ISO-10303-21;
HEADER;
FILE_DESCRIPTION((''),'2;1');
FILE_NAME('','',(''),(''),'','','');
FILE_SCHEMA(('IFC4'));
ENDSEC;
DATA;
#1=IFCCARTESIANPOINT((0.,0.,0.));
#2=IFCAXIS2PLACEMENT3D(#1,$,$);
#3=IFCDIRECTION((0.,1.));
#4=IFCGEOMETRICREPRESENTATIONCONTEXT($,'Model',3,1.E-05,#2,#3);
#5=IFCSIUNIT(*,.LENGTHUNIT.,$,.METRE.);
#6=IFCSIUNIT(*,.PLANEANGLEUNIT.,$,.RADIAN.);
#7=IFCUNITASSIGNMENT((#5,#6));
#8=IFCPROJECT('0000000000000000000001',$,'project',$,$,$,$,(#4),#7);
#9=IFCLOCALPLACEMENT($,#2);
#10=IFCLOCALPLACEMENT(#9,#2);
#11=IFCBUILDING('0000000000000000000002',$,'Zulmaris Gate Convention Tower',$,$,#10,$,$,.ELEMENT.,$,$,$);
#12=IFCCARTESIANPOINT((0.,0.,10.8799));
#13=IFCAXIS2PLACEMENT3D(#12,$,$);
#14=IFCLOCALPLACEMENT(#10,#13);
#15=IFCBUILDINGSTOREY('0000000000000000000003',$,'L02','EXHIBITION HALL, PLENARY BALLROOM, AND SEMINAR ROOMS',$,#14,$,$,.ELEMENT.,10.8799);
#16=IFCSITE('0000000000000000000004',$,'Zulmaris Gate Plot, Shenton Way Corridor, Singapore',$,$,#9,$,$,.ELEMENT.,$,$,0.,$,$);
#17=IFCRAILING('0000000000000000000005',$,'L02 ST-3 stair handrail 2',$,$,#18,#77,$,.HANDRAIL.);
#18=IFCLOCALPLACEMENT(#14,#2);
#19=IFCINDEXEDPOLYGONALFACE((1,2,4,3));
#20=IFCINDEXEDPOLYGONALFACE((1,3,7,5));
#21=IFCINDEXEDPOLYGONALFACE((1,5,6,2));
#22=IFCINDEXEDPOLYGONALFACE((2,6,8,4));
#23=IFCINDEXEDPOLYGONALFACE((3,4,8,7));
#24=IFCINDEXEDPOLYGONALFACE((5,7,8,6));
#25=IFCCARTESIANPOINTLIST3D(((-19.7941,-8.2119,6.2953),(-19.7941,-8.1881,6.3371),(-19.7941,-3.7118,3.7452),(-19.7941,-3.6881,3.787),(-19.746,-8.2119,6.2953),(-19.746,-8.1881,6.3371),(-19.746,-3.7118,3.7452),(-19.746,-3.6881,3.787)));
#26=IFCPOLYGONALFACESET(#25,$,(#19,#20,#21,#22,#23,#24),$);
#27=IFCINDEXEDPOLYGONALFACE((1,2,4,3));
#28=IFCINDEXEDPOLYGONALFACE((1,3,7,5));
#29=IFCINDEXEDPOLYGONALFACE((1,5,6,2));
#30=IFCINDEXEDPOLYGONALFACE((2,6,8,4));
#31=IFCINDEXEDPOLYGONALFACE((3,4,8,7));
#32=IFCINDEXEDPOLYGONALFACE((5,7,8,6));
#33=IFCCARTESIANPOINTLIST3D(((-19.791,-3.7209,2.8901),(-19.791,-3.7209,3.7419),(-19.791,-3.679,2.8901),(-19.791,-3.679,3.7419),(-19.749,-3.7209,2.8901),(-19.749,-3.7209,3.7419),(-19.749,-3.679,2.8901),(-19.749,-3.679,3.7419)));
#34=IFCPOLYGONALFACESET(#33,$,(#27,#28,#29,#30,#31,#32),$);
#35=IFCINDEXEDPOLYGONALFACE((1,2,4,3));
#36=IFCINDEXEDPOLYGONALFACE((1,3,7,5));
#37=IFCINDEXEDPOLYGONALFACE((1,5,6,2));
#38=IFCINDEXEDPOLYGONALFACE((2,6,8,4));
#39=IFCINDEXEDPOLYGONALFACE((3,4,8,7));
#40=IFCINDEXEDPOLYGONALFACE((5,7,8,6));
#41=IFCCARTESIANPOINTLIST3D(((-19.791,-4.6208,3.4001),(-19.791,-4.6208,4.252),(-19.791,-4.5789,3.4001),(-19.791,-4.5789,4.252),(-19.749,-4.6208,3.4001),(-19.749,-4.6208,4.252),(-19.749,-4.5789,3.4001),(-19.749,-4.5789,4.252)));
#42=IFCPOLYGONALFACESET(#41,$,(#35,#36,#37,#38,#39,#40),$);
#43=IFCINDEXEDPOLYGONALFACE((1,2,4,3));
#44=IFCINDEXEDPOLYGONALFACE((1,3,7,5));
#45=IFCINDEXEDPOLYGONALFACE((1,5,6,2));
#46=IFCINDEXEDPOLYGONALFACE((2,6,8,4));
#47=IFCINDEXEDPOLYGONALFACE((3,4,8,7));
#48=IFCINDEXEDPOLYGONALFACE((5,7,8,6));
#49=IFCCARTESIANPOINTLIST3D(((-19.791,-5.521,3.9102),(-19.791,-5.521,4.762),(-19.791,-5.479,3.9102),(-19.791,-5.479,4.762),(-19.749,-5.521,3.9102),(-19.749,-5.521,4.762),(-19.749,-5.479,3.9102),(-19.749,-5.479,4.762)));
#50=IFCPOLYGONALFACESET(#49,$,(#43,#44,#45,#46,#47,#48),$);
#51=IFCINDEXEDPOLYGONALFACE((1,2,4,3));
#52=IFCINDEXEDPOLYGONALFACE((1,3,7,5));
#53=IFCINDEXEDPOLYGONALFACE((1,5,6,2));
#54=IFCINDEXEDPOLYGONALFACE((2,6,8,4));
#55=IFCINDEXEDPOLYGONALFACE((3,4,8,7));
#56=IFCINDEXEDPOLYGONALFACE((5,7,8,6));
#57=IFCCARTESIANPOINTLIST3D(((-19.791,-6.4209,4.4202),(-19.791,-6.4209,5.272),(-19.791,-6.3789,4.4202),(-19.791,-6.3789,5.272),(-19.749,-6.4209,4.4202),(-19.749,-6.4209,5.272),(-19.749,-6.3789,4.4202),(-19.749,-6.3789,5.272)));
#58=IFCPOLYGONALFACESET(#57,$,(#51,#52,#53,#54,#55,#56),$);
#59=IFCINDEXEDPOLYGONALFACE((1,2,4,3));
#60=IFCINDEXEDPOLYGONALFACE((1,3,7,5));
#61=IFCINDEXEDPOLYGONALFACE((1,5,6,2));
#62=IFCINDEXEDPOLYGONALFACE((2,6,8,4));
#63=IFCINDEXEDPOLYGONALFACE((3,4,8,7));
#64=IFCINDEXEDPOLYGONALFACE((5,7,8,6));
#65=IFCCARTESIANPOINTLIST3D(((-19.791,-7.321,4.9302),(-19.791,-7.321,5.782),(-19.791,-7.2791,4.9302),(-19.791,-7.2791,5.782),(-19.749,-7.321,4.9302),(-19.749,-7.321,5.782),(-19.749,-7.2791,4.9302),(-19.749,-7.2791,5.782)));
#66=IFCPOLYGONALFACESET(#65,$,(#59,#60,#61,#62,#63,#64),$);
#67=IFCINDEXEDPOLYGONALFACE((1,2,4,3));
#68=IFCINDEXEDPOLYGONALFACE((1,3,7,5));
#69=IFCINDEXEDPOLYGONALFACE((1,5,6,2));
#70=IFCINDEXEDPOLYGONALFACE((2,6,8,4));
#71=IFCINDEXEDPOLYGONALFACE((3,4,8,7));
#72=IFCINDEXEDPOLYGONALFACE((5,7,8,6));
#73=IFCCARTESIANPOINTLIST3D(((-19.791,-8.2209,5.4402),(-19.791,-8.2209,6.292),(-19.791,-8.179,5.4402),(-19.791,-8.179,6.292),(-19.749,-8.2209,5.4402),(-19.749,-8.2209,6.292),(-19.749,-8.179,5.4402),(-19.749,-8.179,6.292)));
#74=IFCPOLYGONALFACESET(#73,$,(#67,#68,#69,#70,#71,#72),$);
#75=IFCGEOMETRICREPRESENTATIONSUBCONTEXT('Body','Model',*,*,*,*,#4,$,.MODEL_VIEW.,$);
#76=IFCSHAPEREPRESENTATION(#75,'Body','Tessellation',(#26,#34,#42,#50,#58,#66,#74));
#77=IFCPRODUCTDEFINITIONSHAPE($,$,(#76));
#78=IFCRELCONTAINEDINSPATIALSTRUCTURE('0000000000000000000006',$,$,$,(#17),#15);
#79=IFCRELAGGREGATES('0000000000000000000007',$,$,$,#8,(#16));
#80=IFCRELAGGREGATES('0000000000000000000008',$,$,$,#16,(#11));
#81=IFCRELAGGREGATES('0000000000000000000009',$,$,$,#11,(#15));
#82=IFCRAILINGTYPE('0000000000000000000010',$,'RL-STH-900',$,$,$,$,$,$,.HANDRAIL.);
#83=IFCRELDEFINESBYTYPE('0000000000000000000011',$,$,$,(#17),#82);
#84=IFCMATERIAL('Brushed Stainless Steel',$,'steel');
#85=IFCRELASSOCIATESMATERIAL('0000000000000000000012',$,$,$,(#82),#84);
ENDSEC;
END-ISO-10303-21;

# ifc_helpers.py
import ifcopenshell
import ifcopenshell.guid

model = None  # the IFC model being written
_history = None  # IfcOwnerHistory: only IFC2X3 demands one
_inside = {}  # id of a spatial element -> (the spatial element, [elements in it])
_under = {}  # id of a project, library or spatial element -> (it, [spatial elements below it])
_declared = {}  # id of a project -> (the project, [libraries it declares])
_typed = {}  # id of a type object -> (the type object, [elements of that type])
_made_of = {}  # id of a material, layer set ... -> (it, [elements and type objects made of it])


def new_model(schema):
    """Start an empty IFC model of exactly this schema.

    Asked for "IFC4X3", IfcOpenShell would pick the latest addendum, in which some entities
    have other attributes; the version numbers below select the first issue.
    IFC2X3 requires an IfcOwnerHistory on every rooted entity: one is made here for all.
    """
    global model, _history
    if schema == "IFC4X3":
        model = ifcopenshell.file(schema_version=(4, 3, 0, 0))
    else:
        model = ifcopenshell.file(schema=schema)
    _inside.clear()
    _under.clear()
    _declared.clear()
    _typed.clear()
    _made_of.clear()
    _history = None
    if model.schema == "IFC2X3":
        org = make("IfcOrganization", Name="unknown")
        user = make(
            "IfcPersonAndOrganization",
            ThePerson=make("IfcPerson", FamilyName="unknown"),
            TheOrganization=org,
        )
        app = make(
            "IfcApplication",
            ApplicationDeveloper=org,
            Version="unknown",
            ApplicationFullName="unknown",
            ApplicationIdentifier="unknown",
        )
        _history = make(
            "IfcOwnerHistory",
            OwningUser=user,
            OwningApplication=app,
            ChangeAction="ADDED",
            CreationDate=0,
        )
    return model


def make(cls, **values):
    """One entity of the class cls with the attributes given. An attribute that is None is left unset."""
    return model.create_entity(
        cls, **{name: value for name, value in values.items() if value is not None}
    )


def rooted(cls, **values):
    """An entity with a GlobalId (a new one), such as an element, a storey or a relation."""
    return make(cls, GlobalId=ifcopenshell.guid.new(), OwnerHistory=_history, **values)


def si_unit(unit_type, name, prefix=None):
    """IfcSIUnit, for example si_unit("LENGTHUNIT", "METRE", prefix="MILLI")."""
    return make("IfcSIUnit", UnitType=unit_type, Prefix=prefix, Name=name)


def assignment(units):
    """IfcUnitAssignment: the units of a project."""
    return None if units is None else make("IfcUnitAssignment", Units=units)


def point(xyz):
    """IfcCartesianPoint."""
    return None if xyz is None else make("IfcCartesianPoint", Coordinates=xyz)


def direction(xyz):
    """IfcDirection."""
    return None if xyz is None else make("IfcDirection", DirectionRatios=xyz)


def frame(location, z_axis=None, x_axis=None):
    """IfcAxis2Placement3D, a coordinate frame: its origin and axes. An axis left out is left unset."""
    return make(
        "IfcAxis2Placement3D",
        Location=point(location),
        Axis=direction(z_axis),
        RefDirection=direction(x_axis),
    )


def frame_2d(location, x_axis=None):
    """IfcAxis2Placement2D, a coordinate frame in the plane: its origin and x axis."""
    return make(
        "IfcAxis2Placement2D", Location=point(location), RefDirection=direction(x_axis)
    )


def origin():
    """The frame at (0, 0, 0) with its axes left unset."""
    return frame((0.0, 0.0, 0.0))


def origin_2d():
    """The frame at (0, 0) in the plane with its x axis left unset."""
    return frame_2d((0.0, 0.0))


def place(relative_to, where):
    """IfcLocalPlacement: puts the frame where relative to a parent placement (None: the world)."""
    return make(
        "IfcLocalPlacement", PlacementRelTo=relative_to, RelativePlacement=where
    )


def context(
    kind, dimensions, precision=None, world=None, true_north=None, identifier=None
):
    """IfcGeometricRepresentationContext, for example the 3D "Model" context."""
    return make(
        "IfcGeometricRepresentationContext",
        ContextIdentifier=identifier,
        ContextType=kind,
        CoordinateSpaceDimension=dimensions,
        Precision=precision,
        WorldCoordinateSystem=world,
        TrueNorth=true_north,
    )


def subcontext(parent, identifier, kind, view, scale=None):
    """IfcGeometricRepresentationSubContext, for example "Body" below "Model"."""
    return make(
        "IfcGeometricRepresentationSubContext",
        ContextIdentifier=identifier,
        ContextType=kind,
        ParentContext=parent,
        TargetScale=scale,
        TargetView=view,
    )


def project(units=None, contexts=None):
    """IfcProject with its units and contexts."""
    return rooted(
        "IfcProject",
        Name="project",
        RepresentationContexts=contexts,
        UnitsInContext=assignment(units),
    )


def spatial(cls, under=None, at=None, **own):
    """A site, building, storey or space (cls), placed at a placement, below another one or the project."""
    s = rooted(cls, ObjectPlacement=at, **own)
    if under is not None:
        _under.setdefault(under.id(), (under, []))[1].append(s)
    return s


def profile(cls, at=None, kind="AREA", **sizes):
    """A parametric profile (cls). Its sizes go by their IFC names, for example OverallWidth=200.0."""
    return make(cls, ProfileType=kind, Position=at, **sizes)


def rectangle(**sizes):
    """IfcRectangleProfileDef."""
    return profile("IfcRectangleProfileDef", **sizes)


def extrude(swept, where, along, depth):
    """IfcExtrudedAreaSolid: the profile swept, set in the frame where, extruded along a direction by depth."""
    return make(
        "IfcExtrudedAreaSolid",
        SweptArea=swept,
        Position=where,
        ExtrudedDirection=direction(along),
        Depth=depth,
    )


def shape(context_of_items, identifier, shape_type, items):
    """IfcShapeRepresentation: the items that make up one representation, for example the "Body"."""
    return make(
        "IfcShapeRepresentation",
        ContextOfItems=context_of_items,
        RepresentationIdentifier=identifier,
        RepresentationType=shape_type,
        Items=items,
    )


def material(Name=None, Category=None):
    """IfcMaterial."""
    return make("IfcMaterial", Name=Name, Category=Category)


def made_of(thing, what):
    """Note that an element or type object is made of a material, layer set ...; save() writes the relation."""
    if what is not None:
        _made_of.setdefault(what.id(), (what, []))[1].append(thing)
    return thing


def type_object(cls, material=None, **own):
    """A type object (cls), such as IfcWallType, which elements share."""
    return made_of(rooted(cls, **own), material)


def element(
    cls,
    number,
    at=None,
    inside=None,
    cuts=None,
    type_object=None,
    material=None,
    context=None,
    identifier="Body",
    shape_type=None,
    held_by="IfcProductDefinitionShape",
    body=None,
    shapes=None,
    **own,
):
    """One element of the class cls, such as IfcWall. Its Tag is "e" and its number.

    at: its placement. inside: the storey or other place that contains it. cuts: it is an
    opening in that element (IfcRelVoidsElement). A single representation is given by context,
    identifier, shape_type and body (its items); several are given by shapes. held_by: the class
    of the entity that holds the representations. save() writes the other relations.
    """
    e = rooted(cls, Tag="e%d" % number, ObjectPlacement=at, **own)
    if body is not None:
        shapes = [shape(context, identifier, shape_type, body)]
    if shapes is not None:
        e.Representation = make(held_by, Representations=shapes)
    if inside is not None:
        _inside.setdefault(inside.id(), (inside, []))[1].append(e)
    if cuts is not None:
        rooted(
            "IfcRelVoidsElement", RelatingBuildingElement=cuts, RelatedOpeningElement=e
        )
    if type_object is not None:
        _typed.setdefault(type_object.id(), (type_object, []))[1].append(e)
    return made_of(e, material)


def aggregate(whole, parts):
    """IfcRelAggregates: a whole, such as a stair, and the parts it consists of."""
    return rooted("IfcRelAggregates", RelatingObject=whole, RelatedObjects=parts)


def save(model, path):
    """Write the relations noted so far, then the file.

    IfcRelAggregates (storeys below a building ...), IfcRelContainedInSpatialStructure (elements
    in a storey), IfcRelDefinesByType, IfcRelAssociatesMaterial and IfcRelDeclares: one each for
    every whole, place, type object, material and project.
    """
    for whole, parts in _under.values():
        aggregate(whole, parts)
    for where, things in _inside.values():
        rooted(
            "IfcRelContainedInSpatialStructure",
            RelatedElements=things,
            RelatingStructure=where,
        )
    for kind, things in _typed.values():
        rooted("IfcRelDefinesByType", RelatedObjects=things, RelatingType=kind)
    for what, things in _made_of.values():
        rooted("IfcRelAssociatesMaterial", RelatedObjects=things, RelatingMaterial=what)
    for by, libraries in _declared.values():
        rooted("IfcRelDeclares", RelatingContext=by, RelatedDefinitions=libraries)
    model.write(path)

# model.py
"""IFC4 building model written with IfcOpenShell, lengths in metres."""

from ifc_helpers import new_model, si_unit, direction, frame, origin, origin_2d, place, context, subcontext, project, spatial, rectangle, extrude, material, type_object, element, save


model = new_model("IFC4")

# Units and contexts
model_context = context("Model", 3, precision=1e-05, world=origin(), true_north=direction((0.0, 1.0)))
body_context = subcontext(model_context, "Body", "Model", "MODEL_VIEW")
ifc_project = project(units=[si_unit("LENGTHUNIT", "METRE"), si_unit("PLANEANGLEUNIT", "RADIAN")], contexts=[model_context])

# Site, building, storey
site_placement = place(None, origin())
site = spatial("IfcSite", under=ifc_project, at=site_placement, Name="Zulmaris Gate Plot, Shenton Way Corridor, Singapore", CompositionType="ELEMENT", RefElevation=0.0)
building_placement = place(site_placement, origin())
building = spatial("IfcBuilding", under=site, at=building_placement, Name="Zulmaris Gate Convention Tower", CompositionType="ELEMENT")
storey_placement = place(building_placement, frame((0.0, 0.0, 10.8799)))
storey = spatial("IfcBuildingStorey", under=building, at=storey_placement, Name="L02", Description="EXHIBITION HALL, PLENARY BALLROOM, AND SEMINAR ROOMS", CompositionType="ELEMENT", Elevation=10.8799)

# Shared definitions
ifc_material_1 = material(Name="Brushed Stainless Steel", Category="steel")

# Railing
railing_type_1 = type_object("IfcRailingType", Name="RL-STH-900", PredefinedType="HANDRAIL", material=ifc_material_1)
railing_1_placement = place(storey_placement, frame((-19.77, -3.7, 2.8901)))
element("IfcRailing", 1, at=railing_1_placement, inside=storey, type_object=railing_type_1, Name="L02 ST-3 stair handrail 2", PredefinedType="HANDRAIL", context=body_context, shape_type="SweptSolid", body=[
    extrude(rectangle(XDim=0.0481, YDim=0.0481, at=origin_2d()), frame((0.0, 0.0, 0.876), z_axis=(0.0, -0.870018, 0.49302), x_axis=(1.0, 0.0, 0.0)), (0.0, 0.0, 1.0), 5.1724),
    extrude(rectangle(XDim=0.042, YDim=0.042, at=origin_2d()), origin(), (0.0, 0.0, 1.0), 0.8518),
    extrude(rectangle(XDim=0.042, YDim=0.042, at=origin_2d()), frame((0.0, -0.8999, 0.51)), (0.0, 0.0, 1.0), 0.8518),
    extrude(rectangle(XDim=0.042, YDim=0.042, at=origin_2d()), frame((0.0, -1.8, 1.02)), (0.0, 0.0, 1.0), 0.8518),
    extrude(rectangle(XDim=0.042, YDim=0.042, at=origin_2d()), frame((0.0, -2.7, 1.53)), (0.0, 0.0, 1.0), 0.8518),
    extrude(rectangle(XDim=0.042, YDim=0.042, at=origin_2d()), frame((0.0, -3.6001, 2.04)), (0.0, 0.0, 1.0), 0.8518),
    extrude(rectangle(XDim=0.042, YDim=0.042, at=origin_2d()), frame((0.0, -4.5, 2.55)), (0.0, 0.0, 1.0), 0.8518),
])

save(model, "model.ifc")
